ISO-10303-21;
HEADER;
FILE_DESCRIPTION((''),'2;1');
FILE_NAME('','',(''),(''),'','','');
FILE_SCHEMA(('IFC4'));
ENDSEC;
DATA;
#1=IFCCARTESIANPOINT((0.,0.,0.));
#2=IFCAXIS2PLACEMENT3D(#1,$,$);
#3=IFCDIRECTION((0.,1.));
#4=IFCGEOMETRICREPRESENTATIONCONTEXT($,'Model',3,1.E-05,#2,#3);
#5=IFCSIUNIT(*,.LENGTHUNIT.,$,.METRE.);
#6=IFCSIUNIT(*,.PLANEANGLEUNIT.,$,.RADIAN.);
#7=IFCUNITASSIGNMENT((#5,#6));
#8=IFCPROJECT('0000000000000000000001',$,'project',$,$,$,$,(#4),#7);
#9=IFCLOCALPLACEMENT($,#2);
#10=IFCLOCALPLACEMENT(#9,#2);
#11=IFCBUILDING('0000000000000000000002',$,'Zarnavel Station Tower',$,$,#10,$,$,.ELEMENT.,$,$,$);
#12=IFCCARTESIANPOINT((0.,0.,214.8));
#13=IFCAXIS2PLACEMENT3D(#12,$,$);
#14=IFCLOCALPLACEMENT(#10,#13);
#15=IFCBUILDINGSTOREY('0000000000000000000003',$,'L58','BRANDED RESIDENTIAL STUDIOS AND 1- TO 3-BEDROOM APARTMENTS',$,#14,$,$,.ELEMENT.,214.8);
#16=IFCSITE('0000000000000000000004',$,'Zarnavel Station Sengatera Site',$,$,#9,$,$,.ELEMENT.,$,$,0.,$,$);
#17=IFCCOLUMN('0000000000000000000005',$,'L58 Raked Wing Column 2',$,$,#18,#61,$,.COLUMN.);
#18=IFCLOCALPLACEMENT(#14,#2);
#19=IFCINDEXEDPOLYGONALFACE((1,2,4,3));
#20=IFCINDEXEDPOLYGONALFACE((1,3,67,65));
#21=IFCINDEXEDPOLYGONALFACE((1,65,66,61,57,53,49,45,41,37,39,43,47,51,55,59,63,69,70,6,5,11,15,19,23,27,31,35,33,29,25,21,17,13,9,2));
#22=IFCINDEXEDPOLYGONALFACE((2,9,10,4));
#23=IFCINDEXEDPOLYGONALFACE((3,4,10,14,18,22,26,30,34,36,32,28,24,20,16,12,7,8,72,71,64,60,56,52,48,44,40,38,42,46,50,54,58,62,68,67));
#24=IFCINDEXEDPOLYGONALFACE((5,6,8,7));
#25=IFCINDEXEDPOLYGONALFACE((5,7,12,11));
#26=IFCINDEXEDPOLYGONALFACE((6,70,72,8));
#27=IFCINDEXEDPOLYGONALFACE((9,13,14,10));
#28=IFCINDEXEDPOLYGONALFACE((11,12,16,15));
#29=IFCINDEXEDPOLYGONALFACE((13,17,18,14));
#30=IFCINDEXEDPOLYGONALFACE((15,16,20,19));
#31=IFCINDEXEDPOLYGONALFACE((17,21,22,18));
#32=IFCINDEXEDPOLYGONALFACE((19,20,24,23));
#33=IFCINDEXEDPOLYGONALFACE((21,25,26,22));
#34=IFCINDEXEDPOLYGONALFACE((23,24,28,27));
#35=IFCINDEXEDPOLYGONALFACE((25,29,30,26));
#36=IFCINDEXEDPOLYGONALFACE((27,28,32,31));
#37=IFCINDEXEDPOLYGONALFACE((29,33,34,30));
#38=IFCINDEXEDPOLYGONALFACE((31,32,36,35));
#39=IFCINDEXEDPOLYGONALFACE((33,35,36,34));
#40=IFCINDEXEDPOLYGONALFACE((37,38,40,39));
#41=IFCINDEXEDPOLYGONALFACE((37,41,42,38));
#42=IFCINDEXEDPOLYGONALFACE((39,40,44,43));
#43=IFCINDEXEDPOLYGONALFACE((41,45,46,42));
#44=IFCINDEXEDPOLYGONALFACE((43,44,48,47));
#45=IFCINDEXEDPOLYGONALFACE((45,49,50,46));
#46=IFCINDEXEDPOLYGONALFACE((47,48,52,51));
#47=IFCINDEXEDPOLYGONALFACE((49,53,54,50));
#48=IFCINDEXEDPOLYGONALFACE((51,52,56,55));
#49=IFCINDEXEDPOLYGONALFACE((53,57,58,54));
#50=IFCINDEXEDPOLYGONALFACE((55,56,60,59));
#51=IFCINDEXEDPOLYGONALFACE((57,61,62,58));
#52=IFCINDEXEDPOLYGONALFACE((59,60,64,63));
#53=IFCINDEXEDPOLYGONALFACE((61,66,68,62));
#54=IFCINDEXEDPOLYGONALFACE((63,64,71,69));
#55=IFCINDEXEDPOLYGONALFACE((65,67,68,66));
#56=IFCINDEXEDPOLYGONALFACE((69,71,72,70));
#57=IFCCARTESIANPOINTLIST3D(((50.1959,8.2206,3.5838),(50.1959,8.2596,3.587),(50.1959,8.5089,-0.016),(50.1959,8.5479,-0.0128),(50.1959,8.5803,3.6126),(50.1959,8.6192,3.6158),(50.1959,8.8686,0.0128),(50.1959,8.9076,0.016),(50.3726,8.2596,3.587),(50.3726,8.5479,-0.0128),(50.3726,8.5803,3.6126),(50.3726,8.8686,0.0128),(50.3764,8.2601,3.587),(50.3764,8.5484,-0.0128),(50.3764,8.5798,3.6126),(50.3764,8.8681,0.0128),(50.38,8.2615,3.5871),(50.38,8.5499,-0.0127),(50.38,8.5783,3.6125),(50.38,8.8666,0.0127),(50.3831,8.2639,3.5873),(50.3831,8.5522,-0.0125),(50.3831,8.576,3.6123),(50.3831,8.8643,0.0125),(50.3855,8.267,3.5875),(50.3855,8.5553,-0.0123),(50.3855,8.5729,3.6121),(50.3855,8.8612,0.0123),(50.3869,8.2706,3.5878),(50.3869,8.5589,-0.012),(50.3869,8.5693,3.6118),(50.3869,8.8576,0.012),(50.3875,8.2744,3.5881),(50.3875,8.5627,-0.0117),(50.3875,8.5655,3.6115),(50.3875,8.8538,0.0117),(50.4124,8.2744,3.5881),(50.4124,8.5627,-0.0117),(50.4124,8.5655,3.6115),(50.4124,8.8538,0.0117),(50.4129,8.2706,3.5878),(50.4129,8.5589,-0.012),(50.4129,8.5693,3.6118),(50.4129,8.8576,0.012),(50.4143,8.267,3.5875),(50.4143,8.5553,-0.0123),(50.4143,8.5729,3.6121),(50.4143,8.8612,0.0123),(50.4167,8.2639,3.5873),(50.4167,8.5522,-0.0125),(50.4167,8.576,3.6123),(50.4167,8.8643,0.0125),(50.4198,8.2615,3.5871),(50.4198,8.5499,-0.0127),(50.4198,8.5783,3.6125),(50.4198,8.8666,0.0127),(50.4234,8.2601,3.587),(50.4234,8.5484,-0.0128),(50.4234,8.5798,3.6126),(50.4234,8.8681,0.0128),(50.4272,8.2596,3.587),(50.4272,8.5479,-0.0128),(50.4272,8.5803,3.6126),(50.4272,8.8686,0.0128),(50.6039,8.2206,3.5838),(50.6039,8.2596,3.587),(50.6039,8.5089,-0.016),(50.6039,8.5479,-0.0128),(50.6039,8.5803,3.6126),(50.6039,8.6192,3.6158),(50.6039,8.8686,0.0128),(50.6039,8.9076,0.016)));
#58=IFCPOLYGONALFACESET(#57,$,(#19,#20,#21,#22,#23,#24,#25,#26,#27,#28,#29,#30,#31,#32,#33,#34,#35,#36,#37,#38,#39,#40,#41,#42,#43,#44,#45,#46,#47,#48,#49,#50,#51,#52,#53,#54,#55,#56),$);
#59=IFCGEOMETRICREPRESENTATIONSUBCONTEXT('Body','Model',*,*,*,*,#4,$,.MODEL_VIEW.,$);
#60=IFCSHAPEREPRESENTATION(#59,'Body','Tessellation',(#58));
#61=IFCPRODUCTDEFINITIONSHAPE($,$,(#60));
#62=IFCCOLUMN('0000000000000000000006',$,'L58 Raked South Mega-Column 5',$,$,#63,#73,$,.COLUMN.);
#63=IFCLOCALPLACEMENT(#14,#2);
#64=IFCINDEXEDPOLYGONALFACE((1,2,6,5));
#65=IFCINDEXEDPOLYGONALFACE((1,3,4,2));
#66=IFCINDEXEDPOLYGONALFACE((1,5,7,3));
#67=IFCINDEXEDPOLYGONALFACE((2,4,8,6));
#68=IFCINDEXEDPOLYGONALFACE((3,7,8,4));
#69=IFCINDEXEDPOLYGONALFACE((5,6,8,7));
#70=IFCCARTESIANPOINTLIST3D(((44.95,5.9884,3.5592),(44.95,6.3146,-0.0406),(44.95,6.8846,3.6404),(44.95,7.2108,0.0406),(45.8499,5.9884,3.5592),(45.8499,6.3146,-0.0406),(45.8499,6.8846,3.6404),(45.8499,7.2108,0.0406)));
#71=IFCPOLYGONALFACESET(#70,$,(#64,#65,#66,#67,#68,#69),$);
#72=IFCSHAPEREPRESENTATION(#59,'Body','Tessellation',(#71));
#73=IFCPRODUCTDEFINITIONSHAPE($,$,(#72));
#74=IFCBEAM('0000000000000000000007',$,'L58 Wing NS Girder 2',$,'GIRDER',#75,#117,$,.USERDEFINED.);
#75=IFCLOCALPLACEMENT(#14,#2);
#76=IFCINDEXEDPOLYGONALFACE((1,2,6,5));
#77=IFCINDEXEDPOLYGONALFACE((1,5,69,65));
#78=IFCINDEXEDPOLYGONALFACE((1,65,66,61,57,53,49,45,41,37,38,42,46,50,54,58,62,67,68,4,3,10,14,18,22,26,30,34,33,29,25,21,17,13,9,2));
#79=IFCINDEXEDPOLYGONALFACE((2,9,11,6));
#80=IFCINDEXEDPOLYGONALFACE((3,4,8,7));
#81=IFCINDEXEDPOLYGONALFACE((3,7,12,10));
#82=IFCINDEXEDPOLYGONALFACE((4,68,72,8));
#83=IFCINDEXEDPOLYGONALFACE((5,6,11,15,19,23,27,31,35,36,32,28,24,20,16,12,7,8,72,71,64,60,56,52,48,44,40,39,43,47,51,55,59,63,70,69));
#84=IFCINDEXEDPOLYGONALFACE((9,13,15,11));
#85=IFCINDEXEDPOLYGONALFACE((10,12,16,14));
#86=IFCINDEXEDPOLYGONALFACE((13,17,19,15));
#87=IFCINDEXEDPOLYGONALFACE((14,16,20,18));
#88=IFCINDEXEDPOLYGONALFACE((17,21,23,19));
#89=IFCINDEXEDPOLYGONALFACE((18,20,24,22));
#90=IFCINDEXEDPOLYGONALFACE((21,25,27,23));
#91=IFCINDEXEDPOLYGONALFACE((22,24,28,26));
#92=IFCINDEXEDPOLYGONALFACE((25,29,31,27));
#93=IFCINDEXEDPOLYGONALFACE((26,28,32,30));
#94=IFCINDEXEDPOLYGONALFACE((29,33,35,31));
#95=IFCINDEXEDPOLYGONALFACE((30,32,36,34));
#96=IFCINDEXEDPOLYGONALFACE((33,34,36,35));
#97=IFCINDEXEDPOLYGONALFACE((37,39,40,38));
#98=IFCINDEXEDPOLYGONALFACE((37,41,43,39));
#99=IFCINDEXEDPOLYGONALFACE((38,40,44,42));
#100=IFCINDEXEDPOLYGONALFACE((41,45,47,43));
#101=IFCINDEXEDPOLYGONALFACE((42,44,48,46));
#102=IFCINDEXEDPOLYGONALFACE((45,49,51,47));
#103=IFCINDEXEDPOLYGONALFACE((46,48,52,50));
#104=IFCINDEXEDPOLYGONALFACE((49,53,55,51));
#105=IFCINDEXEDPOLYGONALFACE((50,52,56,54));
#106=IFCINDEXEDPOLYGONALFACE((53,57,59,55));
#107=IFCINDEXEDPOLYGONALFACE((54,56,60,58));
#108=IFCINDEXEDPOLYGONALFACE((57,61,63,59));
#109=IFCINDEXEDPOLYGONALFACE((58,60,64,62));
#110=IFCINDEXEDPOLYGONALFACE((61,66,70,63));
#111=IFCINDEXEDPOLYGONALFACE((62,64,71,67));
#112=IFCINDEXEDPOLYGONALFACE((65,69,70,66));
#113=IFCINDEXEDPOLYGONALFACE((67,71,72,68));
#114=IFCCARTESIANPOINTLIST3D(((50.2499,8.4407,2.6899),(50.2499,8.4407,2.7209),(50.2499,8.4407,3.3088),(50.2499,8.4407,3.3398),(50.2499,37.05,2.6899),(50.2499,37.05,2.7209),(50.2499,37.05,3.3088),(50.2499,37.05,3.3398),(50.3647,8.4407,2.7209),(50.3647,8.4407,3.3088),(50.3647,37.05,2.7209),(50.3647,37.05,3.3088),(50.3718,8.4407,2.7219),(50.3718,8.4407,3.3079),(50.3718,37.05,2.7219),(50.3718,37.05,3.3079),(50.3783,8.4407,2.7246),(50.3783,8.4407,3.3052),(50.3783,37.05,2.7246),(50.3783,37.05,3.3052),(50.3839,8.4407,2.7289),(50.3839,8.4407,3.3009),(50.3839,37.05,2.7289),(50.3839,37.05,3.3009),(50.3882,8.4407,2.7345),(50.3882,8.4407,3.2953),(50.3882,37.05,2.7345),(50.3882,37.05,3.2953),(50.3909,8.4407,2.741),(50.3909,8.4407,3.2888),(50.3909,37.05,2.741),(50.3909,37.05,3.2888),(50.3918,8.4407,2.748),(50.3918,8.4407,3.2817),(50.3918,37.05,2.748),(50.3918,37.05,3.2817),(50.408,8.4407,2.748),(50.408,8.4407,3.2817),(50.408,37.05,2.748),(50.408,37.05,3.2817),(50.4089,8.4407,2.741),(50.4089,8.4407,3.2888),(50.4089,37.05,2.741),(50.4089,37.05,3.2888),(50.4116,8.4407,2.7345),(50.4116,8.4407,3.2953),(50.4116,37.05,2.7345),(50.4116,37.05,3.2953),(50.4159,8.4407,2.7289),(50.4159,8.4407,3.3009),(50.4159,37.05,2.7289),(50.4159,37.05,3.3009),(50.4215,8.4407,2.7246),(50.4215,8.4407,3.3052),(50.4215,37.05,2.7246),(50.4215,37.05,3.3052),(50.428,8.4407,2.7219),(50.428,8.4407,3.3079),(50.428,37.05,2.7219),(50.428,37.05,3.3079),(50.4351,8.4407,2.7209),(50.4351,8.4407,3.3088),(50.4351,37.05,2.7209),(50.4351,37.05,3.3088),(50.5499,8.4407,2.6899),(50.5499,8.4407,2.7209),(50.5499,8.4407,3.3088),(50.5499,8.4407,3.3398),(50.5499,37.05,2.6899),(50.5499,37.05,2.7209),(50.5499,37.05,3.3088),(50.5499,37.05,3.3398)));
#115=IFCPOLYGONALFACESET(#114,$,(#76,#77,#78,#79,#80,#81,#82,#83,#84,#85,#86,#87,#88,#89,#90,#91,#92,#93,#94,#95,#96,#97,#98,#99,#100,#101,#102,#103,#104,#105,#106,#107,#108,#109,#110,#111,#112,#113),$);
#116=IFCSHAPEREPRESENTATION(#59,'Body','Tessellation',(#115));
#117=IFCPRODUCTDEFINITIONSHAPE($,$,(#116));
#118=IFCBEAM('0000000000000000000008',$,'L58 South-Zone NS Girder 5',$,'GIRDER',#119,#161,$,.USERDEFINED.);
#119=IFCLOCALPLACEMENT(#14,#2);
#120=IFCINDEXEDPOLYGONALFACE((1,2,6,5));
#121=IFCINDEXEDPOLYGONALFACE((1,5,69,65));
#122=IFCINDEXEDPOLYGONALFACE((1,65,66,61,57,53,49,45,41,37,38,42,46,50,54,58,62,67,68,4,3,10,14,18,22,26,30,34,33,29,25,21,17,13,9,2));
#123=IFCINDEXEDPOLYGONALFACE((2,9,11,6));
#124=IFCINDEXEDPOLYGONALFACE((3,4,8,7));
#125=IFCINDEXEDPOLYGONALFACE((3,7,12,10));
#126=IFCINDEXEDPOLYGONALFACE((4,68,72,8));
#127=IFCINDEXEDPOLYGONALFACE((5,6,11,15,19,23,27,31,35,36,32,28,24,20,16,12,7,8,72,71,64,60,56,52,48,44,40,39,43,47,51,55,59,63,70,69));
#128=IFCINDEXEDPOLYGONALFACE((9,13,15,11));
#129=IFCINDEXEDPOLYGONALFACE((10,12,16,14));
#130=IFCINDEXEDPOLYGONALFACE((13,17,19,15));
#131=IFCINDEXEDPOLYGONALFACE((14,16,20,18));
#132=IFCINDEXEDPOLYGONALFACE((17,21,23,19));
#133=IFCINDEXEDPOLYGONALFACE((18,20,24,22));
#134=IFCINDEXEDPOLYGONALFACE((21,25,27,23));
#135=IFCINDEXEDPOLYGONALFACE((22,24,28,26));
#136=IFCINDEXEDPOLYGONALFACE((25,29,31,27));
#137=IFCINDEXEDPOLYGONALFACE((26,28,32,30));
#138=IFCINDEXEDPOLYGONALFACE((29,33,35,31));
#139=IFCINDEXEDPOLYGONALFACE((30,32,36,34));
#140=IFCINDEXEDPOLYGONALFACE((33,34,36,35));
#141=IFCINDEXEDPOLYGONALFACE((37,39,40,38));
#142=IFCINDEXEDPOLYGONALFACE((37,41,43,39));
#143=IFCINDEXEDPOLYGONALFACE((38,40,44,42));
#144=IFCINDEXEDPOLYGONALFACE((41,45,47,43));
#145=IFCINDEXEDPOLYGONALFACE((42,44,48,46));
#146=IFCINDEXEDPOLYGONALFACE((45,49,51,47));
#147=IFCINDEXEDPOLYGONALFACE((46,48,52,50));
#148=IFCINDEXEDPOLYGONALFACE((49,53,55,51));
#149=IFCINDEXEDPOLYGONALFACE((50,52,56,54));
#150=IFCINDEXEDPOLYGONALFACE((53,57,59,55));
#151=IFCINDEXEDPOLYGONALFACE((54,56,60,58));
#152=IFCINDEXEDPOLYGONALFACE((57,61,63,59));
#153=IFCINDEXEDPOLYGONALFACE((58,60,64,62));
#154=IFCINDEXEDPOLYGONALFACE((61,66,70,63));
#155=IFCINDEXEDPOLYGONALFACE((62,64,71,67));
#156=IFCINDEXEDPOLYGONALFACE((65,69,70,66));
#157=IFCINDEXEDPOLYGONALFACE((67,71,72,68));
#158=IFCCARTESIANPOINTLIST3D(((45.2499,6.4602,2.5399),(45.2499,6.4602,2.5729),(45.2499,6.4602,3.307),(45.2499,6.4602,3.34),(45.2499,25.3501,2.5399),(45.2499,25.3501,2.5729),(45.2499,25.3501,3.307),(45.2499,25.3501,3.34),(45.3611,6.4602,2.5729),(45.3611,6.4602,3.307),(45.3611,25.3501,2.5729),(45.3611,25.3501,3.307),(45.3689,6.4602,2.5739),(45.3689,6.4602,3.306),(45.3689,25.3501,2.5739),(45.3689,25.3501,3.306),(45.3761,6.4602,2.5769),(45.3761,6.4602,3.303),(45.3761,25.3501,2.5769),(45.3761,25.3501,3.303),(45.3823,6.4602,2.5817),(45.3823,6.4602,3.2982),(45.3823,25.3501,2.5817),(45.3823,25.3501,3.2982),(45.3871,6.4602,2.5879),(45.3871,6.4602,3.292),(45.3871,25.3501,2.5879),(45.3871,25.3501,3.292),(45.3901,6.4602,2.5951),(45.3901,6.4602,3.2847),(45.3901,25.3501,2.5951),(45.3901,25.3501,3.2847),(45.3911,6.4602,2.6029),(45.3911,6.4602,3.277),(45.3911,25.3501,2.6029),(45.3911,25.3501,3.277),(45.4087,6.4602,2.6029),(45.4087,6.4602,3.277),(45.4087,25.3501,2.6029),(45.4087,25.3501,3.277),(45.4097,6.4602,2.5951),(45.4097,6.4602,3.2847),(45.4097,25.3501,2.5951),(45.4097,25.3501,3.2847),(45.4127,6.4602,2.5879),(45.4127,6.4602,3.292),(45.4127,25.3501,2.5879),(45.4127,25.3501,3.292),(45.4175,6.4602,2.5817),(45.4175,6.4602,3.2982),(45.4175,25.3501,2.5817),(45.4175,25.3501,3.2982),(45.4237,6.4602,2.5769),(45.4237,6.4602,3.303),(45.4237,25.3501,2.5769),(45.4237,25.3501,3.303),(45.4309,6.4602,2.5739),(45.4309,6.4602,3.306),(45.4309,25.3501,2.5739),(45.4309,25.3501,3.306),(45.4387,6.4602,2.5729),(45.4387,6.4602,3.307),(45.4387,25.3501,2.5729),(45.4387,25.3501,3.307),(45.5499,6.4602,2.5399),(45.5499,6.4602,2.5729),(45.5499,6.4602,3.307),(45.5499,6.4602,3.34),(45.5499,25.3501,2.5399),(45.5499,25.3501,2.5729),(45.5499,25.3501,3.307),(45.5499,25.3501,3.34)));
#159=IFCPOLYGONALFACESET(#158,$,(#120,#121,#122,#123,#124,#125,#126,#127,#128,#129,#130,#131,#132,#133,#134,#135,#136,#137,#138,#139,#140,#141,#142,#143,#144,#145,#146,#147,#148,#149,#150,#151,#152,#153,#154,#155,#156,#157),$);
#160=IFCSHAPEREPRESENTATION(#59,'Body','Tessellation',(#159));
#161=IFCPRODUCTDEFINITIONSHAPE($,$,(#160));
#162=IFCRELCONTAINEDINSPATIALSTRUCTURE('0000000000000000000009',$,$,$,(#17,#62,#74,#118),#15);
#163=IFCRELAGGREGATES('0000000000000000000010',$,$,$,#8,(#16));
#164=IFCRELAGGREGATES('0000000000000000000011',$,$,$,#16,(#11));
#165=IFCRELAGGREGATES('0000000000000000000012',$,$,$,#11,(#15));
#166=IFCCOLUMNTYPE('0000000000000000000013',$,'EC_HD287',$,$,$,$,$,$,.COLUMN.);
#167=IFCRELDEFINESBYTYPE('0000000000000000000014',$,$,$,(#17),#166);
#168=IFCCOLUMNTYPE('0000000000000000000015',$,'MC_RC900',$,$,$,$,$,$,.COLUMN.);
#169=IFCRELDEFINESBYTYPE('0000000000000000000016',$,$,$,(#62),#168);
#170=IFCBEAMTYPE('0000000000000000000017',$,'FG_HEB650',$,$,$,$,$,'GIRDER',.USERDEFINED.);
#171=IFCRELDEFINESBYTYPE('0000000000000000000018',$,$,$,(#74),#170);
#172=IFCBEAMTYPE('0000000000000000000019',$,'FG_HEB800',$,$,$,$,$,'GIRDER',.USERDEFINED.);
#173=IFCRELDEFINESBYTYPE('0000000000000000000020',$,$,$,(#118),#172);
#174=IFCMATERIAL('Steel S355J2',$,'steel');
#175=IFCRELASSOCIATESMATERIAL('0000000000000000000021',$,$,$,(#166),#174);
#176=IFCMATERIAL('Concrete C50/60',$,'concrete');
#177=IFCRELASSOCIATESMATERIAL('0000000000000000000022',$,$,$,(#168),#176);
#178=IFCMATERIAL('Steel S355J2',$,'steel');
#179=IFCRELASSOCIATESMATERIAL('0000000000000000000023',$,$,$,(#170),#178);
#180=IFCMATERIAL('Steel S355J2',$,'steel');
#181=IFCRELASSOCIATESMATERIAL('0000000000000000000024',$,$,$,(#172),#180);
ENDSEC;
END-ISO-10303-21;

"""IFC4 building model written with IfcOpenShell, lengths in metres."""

from ifc_helpers import new_model, si_unit, direction, frame, origin, origin_2d, place, context, subcontext, project, spatial, rectangle, i_section, extrude, material, material_profile, profile_set, type_object, element, save


model = new_model("IFC4")

# Units and contexts
model_context = context("Model", 3, precision=1e-05, world=origin(), true_north=direction((0.0, 1.0)))
body_context = subcontext(model_context, "Body", "Model", "MODEL_VIEW")
ifc_project = project(units=[si_unit("LENGTHUNIT", "METRE"), si_unit("PLANEANGLEUNIT", "RADIAN")], contexts=[model_context])

# Site, building, storey
site_placement = place(None, origin())
site = spatial("IfcSite", under=ifc_project, at=site_placement, Name="Zarnavel Station Sengatera Site", CompositionType="ELEMENT", RefElevation=0.0)
building_placement = place(site_placement, origin())
building = spatial("IfcBuilding", under=site, at=building_placement, Name="Zarnavel Station Tower", CompositionType="ELEMENT")
storey_placement = place(building_placement, frame((0.0, 0.0, 214.8)))
storey = spatial("IfcBuildingStorey", under=building, at=storey_placement, Name="L58", Description="BRANDED RESIDENTIAL STUDIOS AND 1- TO 3-BEDROOM APARTMENTS", CompositionType="ELEMENT", Elevation=214.8)

# Columns
ifc_material_1 = material(Name="Steel S355J2", Category="steel")
ifc_material_profile_1 = material_profile(ifc_material_1, i_section(OverallWidth=0.408, OverallDepth=0.3999, WebThickness=0.0249, FlangeThickness=0.0391, FilletRadius=0.0149, at=origin_2d()), Name="HD400x287")
ifc_profile_set_1 = profile_set([ifc_material_profile_1], Name="Steel S355J2")
column_type_1 = type_object("IfcColumnType", Name="EC_HD287", PredefinedType="COLUMN", material=ifc_profile_set_1)
column_1_placement = place(storey_placement, frame((50.3999, 8.7083, 0.0), z_axis=(0.0, -0.079839, 0.996808), x_axis=(1.0, 0.0, 0.0)))
element("IfcColumn", 1, at=column_1_placement, inside=storey, type_object=column_type_1, Name="L58 Raked Wing Column 2", PredefinedType="COLUMN", context=body_context, shape_type="SweptSolid", body=[
    extrude(i_section(OverallWidth=0.408, OverallDepth=0.3999, WebThickness=0.0249, FlangeThickness=0.0391, FilletRadius=0.0149, at=origin_2d()), origin(), (0.0, 0.0, 1.0), 3.6113),
])
ifc_material_2 = material(Name="Concrete C50/60", Category="concrete")
ifc_material_profile_2 = material_profile(ifc_material_2, rectangle(XDim=0.8999, YDim=0.8999, at=origin_2d()), Name="RC900x900")
ifc_profile_set_2 = profile_set([ifc_material_profile_2], Name="Concrete C50/60")
column_type_2 = type_object("IfcColumnType", Name="MC_RC900", PredefinedType="COLUMN", material=ifc_profile_set_2)
column_2_placement = place(storey_placement, frame((45.3999, 6.7627, 0.0), z_axis=(0.0, -0.090237, 0.99592), x_axis=(1.0, 0.0, 0.0)))
element("IfcColumn", 2, at=column_2_placement, inside=storey, type_object=column_type_2, Name="L58 Raked South Mega-Column 5", PredefinedType="COLUMN", context=body_context, shape_type="SweptSolid", body=[
    extrude(rectangle(XDim=0.8999, YDim=0.8999, at=origin_2d()), origin(), (0.0, 0.0, 1.0), 3.6145),
])

# Beams
ifc_material_3 = material(Name="Steel S355J2", Category="steel")
ifc_material_profile_3 = material_profile(ifc_material_3, i_section(OverallWidth=0.3, OverallDepth=0.6499, WebThickness=0.0161, FlangeThickness=0.031, FilletRadius=0.0271, at=origin_2d()), Name="HEB650")
ifc_profile_set_3 = profile_set([ifc_material_profile_3], Name="Steel S355J2")
beam_type_1 = type_object("IfcBeamType", Name="FG_HEB650", ElementType="GIRDER", PredefinedType="USERDEFINED", material=ifc_profile_set_3)
beam_1_placement = place(storey_placement, frame((50.3999, 8.4407, 3.0149), z_axis=(0.0, 1.0, 0.0), x_axis=(-1.0, 0.0, 0.0)))
element("IfcBeam", 3, at=beam_1_placement, inside=storey, type_object=beam_type_1, Name="L58 Wing NS Girder 2", ObjectType="GIRDER", PredefinedType="USERDEFINED", context=body_context, shape_type="SweptSolid", body=[
    extrude(i_section(OverallWidth=0.3, OverallDepth=0.6499, WebThickness=0.0161, FlangeThickness=0.031, FilletRadius=0.0271, at=origin_2d()), origin(), (0.0, 0.0, 1.0), 28.6094),
])
ifc_material_4 = material(Name="Steel S355J2", Category="steel")
ifc_material_profile_4 = material_profile(ifc_material_4, i_section(OverallWidth=0.3, OverallDepth=0.8, WebThickness=0.0176, FlangeThickness=0.033, FilletRadius=0.03, at=origin_2d()), Name="HEB800")
ifc_profile_set_4 = profile_set([ifc_material_profile_4], Name="Steel S355J2")
beam_type_2 = type_object("IfcBeamType", Name="FG_HEB800", ElementType="GIRDER", PredefinedType="USERDEFINED", material=ifc_profile_set_4)
beam_2_placement = place(storey_placement, frame((45.3999, 6.4602, 2.9399), z_axis=(0.0, 1.0, 0.0), x_axis=(-1.0, 0.0, 0.0)))
element("IfcBeam", 4, at=beam_2_placement, inside=storey, type_object=beam_type_2, Name="L58 South-Zone NS Girder 5", ObjectType="GIRDER", PredefinedType="USERDEFINED", context=body_context, shape_type="SweptSolid", body=[
    extrude(i_section(OverallWidth=0.3, OverallDepth=0.8, WebThickness=0.0176, FlangeThickness=0.033, FilletRadius=0.03, at=origin_2d()), origin(), (0.0, 0.0, 1.0), 18.8899),
])

save(model, "model.ifc")
